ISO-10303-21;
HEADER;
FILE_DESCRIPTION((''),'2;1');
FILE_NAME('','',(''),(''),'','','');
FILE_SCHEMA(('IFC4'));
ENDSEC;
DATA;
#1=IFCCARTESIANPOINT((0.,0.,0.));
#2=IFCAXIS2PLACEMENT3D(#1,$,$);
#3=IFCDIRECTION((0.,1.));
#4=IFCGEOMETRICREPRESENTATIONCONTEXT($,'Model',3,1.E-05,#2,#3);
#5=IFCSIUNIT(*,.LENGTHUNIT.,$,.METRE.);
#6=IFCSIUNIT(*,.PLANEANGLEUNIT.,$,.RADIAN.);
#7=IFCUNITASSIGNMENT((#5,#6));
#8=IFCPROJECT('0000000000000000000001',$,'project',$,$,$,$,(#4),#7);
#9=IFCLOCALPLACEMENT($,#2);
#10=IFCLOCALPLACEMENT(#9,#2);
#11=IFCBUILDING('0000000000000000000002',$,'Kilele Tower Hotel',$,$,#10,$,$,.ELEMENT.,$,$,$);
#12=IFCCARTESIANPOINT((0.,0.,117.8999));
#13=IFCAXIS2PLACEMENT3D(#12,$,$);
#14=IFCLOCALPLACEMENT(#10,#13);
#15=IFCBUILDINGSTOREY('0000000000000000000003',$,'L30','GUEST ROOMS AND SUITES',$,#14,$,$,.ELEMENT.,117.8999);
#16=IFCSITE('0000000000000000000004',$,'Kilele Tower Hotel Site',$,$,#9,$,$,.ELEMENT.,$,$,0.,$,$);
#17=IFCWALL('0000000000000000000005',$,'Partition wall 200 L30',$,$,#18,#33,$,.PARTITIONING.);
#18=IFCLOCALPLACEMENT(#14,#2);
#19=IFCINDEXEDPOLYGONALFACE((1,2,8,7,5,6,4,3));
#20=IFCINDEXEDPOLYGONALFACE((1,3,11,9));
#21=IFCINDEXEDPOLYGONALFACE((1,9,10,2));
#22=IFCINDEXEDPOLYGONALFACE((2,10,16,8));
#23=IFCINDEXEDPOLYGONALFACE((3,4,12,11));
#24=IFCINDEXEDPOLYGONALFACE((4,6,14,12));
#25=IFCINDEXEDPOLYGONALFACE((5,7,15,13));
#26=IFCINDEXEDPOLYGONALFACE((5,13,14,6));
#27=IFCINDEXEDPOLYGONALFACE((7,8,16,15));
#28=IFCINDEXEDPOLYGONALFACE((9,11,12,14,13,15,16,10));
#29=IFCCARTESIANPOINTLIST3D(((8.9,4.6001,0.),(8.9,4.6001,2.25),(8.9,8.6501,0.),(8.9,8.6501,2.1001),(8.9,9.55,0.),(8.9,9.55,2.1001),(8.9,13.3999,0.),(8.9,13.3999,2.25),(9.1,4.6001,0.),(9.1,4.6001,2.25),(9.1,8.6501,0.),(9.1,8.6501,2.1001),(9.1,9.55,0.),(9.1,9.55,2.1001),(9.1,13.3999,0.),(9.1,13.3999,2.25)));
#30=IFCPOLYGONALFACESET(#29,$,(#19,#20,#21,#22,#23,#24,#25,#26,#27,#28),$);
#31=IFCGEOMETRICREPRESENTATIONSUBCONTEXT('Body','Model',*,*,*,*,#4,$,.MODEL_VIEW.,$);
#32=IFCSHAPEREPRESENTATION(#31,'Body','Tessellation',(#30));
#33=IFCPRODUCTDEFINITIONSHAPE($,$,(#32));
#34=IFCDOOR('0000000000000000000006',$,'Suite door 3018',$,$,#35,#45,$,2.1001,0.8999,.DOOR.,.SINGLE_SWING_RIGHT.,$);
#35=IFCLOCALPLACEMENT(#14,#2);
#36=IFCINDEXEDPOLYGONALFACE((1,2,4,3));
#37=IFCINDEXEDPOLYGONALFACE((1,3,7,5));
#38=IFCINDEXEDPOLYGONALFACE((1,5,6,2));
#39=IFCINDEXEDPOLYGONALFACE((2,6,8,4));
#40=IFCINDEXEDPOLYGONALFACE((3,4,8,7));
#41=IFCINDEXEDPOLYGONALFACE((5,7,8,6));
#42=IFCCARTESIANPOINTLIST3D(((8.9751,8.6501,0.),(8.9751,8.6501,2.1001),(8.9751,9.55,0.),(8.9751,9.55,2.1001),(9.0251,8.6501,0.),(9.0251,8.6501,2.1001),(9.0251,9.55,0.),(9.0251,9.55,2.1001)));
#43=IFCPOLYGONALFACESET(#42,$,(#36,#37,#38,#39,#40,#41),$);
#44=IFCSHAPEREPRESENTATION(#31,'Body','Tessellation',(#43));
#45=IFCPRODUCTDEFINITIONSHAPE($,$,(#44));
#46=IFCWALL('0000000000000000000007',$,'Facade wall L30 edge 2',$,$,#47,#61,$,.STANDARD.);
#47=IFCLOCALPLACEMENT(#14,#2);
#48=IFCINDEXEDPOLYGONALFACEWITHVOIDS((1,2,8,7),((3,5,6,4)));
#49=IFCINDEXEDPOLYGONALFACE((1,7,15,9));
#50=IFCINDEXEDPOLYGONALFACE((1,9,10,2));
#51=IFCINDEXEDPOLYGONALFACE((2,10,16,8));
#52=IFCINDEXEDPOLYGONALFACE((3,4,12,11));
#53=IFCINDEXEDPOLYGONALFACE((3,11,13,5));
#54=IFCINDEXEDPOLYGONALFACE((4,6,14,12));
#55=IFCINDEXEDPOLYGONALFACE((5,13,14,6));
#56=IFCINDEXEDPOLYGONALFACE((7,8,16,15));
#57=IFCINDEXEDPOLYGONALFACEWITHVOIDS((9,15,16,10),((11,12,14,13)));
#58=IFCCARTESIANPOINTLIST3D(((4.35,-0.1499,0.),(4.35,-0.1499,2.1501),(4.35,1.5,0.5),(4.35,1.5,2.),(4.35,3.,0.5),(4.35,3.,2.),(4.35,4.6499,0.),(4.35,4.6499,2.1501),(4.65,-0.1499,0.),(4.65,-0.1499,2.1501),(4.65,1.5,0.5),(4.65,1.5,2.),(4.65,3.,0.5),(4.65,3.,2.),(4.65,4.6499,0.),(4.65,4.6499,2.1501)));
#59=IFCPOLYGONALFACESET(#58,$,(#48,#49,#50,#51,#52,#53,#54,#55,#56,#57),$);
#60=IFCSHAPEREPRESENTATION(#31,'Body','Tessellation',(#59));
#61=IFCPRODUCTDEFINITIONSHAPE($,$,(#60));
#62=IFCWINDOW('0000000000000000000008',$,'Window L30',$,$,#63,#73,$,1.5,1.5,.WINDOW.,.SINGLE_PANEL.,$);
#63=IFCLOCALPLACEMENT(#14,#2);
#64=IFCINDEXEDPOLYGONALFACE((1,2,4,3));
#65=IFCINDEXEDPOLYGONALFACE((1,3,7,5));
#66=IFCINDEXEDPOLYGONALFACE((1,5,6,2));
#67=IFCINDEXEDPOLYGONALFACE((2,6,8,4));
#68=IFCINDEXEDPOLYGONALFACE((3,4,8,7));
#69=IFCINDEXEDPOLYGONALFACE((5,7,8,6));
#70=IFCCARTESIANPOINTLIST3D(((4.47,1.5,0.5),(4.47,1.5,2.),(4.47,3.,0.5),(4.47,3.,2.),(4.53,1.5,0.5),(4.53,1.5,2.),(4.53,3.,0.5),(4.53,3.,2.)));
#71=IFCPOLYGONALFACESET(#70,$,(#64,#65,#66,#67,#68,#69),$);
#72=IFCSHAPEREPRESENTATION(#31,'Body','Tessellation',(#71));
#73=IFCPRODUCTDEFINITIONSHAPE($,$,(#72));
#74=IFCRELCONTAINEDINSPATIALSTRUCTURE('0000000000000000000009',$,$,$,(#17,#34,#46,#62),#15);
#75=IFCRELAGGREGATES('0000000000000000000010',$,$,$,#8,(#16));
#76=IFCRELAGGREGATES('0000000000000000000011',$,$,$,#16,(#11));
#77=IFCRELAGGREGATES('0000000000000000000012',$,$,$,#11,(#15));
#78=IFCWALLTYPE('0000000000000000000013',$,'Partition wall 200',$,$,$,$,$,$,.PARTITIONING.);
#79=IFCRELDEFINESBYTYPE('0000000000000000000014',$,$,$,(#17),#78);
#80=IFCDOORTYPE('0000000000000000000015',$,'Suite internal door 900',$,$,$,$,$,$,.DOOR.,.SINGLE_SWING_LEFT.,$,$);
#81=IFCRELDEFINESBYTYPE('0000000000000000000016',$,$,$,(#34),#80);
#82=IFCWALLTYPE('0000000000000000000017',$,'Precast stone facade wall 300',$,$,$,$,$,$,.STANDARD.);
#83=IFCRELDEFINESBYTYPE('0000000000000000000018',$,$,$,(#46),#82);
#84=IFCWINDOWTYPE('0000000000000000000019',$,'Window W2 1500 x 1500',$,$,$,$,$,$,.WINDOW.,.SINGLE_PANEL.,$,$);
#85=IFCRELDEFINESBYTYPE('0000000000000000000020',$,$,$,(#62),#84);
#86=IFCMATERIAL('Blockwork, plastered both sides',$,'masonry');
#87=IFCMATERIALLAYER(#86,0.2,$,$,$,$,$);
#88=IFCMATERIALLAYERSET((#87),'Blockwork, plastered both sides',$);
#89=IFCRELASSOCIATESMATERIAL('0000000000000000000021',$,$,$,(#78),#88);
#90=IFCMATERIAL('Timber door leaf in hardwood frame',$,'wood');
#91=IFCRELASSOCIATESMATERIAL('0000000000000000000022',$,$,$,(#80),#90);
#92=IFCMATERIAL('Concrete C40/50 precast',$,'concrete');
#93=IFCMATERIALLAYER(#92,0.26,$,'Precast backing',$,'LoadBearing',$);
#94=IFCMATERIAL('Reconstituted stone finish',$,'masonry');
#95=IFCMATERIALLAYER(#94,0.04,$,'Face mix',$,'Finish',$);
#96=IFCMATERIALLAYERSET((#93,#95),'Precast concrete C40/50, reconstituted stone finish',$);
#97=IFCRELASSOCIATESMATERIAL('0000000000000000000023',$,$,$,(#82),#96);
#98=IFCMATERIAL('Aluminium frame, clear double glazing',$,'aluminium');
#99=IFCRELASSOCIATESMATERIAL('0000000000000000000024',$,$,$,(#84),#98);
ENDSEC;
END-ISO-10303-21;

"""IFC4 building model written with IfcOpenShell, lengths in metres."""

from ifc_helpers import new_model, si_unit, direction, frame, frame_2d, origin, place, context, subcontext, project, spatial, rectangle, extrude, material, layer, layer_set, type_object, element, fill, save


model = new_model("IFC4")

# Units and contexts
model_context = context("Model", 3, precision=1e-05, world=origin(), true_north=direction((0.0, 1.0)))
body_context = subcontext(model_context, "Body", "Model", "MODEL_VIEW")
ifc_project = project(units=[si_unit("LENGTHUNIT", "METRE"), si_unit("PLANEANGLEUNIT", "RADIAN")], contexts=[model_context])

# Site, building, storey
site_placement = place(None, origin())
site = spatial("IfcSite", under=ifc_project, at=site_placement, Name="Kilele Tower Hotel Site", CompositionType="ELEMENT", RefElevation=0.0)
building_placement = place(site_placement, origin())
building = spatial("IfcBuilding", under=site, at=building_placement, Name="Kilele Tower Hotel", CompositionType="ELEMENT")
storey_placement = place(building_placement, frame((0.0, 0.0, 117.8999)))
storey = spatial("IfcBuildingStorey", under=building, at=storey_placement, Name="L30", Description="GUEST ROOMS AND SUITES", CompositionType="ELEMENT", Elevation=117.8999)

# Wall, opening, door
ifc_material_1 = material(Name="Blockwork, plastered both sides", Category="masonry")
ifc_layer_1 = layer(ifc_material_1, 0.2)
ifc_layer_set_1 = layer_set([ifc_layer_1], Name="Blockwork, plastered both sides")
wall_type_1 = type_object("IfcWallType", Name="Partition wall 200", PredefinedType="PARTITIONING", material=ifc_layer_set_1)
wall_1_placement = place(storey_placement, frame((9.0, 4.6001, 0.0), z_axis=(0.0, 0.0, 1.0), x_axis=(0.0, 1.0, 0.0)))
wall_1 = element("IfcWall", 1, at=wall_1_placement, inside=storey, type_object=wall_type_1, Name="Partition wall 200 L30", PredefinedType="PARTITIONING", context=body_context, shape_type="SweptSolid", body=[
    extrude(rectangle(XDim=8.7998, YDim=0.2, at=frame_2d((4.3999, 0.0))), origin(), (0.0, 0.0, 1.0), 2.25),
])
opening_1_placement = place(wall_1_placement, frame((4.05, 0.0, 0.0)))
opening_1 = element("IfcOpeningElement", 2, at=opening_1_placement, cuts=wall_1, PredefinedType="OPENING", context=body_context, shape_type="SweptSolid", body=[
    extrude(rectangle(XDim=0.8999, YDim=2.1001, at=frame_2d((0.45, 1.05))), frame((0.0, 0.1099, 0.0), z_axis=(0.0, -1.0, 0.0), x_axis=(1.0, 0.0, 0.0)), (0.0, 0.0, 1.0), 0.22),
])
ifc_material_2 = material(Name="Timber door leaf in hardwood frame", Category="wood")
door_type = type_object("IfcDoorType", Name="Suite internal door 900", OperationType="SINGLE_SWING_LEFT", PredefinedType="DOOR", material=ifc_material_2)
door_placement = place(opening_1_placement, origin())
door = element("IfcDoor", 3, at=door_placement, inside=storey, type_object=door_type, Name="Suite door 3018", OperationType="SINGLE_SWING_RIGHT", OverallHeight=2.1001, OverallWidth=0.8999, PredefinedType="DOOR", context=body_context, shape_type="SweptSolid", body=[
    extrude(rectangle(XDim=0.8999, YDim=2.1001, at=frame_2d((0.45, 1.05))), frame((0.0, 0.0249, 0.0), z_axis=(0.0, -1.0, 0.0), x_axis=(1.0, 0.0, 0.0)), (0.0, 0.0, 1.0), 0.05),
])
fill(opening_1, door)

# Wall, opening, window
ifc_material_3 = material(Name="Concrete C40/50 precast", Category="concrete")
ifc_layer_2 = layer(ifc_material_3, 0.26, Name="Precast backing", Category="LoadBearing")
ifc_material_4 = material(Name="Reconstituted stone finish", Category="masonry")
ifc_layer_3 = layer(ifc_material_4, 0.04, Name="Face mix", Category="Finish")
ifc_layer_set_2 = layer_set([ifc_layer_2, ifc_layer_3], Name="Precast concrete C40/50, reconstituted stone finish")
wall_type_2 = type_object("IfcWallType", Name="Precast stone facade wall 300", PredefinedType="STANDARD", material=ifc_layer_set_2)
wall_2_placement = place(storey_placement, frame((4.5, 4.6499, 0.0), z_axis=(0.0, 0.0, 1.0), x_axis=(0.0, -1.0, 0.0)))
wall_2 = element("IfcWall", 4, at=wall_2_placement, inside=storey, type_object=wall_type_2, Name="Facade wall L30 edge 2", PredefinedType="STANDARD", context=body_context, shape_type="SweptSolid", body=[
    extrude(rectangle(XDim=4.7998, YDim=0.3, at=frame_2d((2.3999, 0.0))), origin(), (0.0, 0.0, 1.0), 2.1501),
])
opening_2_placement = place(wall_2_placement, frame((1.6499, 0.0, 0.5)))
opening_2 = element("IfcOpeningElement", 5, at=opening_2_placement, cuts=wall_2, PredefinedType="OPENING", context=body_context, shape_type="SweptSolid", body=[
    extrude(rectangle(XDim=1.5, YDim=1.5, at=frame_2d((0.75, 0.75))), frame((0.0, 0.1599, 0.0), z_axis=(0.0, -1.0, 0.0), x_axis=(1.0, 0.0, 0.0)), (0.0, 0.0, 1.0), 0.3201),
])
ifc_material_5 = material(Name="Aluminium frame, clear double glazing", Category="aluminium")
window_type = type_object("IfcWindowType", Name="Window W2 1500 x 1500", PartitioningType="SINGLE_PANEL", PredefinedType="WINDOW", material=ifc_material_5)
window_placement = place(opening_2_placement, origin())
window = element("IfcWindow", 6, at=window_placement, inside=storey, type_object=window_type, Name="Window L30", OverallHeight=1.5, OverallWidth=1.5, PartitioningType="SINGLE_PANEL", PredefinedType="WINDOW", context=body_context, shape_type="SweptSolid", body=[
    extrude(rectangle(XDim=1.5, YDim=1.5, at=frame_2d((0.75, 0.75))), frame((0.0, 0.03, 0.0), z_axis=(0.0, -1.0, 0.0), x_axis=(1.0, 0.0, 0.0)), (0.0, 0.0, 1.0), 0.0601),
])
fill(opening_2, window)

save(model, "model.ifc")
